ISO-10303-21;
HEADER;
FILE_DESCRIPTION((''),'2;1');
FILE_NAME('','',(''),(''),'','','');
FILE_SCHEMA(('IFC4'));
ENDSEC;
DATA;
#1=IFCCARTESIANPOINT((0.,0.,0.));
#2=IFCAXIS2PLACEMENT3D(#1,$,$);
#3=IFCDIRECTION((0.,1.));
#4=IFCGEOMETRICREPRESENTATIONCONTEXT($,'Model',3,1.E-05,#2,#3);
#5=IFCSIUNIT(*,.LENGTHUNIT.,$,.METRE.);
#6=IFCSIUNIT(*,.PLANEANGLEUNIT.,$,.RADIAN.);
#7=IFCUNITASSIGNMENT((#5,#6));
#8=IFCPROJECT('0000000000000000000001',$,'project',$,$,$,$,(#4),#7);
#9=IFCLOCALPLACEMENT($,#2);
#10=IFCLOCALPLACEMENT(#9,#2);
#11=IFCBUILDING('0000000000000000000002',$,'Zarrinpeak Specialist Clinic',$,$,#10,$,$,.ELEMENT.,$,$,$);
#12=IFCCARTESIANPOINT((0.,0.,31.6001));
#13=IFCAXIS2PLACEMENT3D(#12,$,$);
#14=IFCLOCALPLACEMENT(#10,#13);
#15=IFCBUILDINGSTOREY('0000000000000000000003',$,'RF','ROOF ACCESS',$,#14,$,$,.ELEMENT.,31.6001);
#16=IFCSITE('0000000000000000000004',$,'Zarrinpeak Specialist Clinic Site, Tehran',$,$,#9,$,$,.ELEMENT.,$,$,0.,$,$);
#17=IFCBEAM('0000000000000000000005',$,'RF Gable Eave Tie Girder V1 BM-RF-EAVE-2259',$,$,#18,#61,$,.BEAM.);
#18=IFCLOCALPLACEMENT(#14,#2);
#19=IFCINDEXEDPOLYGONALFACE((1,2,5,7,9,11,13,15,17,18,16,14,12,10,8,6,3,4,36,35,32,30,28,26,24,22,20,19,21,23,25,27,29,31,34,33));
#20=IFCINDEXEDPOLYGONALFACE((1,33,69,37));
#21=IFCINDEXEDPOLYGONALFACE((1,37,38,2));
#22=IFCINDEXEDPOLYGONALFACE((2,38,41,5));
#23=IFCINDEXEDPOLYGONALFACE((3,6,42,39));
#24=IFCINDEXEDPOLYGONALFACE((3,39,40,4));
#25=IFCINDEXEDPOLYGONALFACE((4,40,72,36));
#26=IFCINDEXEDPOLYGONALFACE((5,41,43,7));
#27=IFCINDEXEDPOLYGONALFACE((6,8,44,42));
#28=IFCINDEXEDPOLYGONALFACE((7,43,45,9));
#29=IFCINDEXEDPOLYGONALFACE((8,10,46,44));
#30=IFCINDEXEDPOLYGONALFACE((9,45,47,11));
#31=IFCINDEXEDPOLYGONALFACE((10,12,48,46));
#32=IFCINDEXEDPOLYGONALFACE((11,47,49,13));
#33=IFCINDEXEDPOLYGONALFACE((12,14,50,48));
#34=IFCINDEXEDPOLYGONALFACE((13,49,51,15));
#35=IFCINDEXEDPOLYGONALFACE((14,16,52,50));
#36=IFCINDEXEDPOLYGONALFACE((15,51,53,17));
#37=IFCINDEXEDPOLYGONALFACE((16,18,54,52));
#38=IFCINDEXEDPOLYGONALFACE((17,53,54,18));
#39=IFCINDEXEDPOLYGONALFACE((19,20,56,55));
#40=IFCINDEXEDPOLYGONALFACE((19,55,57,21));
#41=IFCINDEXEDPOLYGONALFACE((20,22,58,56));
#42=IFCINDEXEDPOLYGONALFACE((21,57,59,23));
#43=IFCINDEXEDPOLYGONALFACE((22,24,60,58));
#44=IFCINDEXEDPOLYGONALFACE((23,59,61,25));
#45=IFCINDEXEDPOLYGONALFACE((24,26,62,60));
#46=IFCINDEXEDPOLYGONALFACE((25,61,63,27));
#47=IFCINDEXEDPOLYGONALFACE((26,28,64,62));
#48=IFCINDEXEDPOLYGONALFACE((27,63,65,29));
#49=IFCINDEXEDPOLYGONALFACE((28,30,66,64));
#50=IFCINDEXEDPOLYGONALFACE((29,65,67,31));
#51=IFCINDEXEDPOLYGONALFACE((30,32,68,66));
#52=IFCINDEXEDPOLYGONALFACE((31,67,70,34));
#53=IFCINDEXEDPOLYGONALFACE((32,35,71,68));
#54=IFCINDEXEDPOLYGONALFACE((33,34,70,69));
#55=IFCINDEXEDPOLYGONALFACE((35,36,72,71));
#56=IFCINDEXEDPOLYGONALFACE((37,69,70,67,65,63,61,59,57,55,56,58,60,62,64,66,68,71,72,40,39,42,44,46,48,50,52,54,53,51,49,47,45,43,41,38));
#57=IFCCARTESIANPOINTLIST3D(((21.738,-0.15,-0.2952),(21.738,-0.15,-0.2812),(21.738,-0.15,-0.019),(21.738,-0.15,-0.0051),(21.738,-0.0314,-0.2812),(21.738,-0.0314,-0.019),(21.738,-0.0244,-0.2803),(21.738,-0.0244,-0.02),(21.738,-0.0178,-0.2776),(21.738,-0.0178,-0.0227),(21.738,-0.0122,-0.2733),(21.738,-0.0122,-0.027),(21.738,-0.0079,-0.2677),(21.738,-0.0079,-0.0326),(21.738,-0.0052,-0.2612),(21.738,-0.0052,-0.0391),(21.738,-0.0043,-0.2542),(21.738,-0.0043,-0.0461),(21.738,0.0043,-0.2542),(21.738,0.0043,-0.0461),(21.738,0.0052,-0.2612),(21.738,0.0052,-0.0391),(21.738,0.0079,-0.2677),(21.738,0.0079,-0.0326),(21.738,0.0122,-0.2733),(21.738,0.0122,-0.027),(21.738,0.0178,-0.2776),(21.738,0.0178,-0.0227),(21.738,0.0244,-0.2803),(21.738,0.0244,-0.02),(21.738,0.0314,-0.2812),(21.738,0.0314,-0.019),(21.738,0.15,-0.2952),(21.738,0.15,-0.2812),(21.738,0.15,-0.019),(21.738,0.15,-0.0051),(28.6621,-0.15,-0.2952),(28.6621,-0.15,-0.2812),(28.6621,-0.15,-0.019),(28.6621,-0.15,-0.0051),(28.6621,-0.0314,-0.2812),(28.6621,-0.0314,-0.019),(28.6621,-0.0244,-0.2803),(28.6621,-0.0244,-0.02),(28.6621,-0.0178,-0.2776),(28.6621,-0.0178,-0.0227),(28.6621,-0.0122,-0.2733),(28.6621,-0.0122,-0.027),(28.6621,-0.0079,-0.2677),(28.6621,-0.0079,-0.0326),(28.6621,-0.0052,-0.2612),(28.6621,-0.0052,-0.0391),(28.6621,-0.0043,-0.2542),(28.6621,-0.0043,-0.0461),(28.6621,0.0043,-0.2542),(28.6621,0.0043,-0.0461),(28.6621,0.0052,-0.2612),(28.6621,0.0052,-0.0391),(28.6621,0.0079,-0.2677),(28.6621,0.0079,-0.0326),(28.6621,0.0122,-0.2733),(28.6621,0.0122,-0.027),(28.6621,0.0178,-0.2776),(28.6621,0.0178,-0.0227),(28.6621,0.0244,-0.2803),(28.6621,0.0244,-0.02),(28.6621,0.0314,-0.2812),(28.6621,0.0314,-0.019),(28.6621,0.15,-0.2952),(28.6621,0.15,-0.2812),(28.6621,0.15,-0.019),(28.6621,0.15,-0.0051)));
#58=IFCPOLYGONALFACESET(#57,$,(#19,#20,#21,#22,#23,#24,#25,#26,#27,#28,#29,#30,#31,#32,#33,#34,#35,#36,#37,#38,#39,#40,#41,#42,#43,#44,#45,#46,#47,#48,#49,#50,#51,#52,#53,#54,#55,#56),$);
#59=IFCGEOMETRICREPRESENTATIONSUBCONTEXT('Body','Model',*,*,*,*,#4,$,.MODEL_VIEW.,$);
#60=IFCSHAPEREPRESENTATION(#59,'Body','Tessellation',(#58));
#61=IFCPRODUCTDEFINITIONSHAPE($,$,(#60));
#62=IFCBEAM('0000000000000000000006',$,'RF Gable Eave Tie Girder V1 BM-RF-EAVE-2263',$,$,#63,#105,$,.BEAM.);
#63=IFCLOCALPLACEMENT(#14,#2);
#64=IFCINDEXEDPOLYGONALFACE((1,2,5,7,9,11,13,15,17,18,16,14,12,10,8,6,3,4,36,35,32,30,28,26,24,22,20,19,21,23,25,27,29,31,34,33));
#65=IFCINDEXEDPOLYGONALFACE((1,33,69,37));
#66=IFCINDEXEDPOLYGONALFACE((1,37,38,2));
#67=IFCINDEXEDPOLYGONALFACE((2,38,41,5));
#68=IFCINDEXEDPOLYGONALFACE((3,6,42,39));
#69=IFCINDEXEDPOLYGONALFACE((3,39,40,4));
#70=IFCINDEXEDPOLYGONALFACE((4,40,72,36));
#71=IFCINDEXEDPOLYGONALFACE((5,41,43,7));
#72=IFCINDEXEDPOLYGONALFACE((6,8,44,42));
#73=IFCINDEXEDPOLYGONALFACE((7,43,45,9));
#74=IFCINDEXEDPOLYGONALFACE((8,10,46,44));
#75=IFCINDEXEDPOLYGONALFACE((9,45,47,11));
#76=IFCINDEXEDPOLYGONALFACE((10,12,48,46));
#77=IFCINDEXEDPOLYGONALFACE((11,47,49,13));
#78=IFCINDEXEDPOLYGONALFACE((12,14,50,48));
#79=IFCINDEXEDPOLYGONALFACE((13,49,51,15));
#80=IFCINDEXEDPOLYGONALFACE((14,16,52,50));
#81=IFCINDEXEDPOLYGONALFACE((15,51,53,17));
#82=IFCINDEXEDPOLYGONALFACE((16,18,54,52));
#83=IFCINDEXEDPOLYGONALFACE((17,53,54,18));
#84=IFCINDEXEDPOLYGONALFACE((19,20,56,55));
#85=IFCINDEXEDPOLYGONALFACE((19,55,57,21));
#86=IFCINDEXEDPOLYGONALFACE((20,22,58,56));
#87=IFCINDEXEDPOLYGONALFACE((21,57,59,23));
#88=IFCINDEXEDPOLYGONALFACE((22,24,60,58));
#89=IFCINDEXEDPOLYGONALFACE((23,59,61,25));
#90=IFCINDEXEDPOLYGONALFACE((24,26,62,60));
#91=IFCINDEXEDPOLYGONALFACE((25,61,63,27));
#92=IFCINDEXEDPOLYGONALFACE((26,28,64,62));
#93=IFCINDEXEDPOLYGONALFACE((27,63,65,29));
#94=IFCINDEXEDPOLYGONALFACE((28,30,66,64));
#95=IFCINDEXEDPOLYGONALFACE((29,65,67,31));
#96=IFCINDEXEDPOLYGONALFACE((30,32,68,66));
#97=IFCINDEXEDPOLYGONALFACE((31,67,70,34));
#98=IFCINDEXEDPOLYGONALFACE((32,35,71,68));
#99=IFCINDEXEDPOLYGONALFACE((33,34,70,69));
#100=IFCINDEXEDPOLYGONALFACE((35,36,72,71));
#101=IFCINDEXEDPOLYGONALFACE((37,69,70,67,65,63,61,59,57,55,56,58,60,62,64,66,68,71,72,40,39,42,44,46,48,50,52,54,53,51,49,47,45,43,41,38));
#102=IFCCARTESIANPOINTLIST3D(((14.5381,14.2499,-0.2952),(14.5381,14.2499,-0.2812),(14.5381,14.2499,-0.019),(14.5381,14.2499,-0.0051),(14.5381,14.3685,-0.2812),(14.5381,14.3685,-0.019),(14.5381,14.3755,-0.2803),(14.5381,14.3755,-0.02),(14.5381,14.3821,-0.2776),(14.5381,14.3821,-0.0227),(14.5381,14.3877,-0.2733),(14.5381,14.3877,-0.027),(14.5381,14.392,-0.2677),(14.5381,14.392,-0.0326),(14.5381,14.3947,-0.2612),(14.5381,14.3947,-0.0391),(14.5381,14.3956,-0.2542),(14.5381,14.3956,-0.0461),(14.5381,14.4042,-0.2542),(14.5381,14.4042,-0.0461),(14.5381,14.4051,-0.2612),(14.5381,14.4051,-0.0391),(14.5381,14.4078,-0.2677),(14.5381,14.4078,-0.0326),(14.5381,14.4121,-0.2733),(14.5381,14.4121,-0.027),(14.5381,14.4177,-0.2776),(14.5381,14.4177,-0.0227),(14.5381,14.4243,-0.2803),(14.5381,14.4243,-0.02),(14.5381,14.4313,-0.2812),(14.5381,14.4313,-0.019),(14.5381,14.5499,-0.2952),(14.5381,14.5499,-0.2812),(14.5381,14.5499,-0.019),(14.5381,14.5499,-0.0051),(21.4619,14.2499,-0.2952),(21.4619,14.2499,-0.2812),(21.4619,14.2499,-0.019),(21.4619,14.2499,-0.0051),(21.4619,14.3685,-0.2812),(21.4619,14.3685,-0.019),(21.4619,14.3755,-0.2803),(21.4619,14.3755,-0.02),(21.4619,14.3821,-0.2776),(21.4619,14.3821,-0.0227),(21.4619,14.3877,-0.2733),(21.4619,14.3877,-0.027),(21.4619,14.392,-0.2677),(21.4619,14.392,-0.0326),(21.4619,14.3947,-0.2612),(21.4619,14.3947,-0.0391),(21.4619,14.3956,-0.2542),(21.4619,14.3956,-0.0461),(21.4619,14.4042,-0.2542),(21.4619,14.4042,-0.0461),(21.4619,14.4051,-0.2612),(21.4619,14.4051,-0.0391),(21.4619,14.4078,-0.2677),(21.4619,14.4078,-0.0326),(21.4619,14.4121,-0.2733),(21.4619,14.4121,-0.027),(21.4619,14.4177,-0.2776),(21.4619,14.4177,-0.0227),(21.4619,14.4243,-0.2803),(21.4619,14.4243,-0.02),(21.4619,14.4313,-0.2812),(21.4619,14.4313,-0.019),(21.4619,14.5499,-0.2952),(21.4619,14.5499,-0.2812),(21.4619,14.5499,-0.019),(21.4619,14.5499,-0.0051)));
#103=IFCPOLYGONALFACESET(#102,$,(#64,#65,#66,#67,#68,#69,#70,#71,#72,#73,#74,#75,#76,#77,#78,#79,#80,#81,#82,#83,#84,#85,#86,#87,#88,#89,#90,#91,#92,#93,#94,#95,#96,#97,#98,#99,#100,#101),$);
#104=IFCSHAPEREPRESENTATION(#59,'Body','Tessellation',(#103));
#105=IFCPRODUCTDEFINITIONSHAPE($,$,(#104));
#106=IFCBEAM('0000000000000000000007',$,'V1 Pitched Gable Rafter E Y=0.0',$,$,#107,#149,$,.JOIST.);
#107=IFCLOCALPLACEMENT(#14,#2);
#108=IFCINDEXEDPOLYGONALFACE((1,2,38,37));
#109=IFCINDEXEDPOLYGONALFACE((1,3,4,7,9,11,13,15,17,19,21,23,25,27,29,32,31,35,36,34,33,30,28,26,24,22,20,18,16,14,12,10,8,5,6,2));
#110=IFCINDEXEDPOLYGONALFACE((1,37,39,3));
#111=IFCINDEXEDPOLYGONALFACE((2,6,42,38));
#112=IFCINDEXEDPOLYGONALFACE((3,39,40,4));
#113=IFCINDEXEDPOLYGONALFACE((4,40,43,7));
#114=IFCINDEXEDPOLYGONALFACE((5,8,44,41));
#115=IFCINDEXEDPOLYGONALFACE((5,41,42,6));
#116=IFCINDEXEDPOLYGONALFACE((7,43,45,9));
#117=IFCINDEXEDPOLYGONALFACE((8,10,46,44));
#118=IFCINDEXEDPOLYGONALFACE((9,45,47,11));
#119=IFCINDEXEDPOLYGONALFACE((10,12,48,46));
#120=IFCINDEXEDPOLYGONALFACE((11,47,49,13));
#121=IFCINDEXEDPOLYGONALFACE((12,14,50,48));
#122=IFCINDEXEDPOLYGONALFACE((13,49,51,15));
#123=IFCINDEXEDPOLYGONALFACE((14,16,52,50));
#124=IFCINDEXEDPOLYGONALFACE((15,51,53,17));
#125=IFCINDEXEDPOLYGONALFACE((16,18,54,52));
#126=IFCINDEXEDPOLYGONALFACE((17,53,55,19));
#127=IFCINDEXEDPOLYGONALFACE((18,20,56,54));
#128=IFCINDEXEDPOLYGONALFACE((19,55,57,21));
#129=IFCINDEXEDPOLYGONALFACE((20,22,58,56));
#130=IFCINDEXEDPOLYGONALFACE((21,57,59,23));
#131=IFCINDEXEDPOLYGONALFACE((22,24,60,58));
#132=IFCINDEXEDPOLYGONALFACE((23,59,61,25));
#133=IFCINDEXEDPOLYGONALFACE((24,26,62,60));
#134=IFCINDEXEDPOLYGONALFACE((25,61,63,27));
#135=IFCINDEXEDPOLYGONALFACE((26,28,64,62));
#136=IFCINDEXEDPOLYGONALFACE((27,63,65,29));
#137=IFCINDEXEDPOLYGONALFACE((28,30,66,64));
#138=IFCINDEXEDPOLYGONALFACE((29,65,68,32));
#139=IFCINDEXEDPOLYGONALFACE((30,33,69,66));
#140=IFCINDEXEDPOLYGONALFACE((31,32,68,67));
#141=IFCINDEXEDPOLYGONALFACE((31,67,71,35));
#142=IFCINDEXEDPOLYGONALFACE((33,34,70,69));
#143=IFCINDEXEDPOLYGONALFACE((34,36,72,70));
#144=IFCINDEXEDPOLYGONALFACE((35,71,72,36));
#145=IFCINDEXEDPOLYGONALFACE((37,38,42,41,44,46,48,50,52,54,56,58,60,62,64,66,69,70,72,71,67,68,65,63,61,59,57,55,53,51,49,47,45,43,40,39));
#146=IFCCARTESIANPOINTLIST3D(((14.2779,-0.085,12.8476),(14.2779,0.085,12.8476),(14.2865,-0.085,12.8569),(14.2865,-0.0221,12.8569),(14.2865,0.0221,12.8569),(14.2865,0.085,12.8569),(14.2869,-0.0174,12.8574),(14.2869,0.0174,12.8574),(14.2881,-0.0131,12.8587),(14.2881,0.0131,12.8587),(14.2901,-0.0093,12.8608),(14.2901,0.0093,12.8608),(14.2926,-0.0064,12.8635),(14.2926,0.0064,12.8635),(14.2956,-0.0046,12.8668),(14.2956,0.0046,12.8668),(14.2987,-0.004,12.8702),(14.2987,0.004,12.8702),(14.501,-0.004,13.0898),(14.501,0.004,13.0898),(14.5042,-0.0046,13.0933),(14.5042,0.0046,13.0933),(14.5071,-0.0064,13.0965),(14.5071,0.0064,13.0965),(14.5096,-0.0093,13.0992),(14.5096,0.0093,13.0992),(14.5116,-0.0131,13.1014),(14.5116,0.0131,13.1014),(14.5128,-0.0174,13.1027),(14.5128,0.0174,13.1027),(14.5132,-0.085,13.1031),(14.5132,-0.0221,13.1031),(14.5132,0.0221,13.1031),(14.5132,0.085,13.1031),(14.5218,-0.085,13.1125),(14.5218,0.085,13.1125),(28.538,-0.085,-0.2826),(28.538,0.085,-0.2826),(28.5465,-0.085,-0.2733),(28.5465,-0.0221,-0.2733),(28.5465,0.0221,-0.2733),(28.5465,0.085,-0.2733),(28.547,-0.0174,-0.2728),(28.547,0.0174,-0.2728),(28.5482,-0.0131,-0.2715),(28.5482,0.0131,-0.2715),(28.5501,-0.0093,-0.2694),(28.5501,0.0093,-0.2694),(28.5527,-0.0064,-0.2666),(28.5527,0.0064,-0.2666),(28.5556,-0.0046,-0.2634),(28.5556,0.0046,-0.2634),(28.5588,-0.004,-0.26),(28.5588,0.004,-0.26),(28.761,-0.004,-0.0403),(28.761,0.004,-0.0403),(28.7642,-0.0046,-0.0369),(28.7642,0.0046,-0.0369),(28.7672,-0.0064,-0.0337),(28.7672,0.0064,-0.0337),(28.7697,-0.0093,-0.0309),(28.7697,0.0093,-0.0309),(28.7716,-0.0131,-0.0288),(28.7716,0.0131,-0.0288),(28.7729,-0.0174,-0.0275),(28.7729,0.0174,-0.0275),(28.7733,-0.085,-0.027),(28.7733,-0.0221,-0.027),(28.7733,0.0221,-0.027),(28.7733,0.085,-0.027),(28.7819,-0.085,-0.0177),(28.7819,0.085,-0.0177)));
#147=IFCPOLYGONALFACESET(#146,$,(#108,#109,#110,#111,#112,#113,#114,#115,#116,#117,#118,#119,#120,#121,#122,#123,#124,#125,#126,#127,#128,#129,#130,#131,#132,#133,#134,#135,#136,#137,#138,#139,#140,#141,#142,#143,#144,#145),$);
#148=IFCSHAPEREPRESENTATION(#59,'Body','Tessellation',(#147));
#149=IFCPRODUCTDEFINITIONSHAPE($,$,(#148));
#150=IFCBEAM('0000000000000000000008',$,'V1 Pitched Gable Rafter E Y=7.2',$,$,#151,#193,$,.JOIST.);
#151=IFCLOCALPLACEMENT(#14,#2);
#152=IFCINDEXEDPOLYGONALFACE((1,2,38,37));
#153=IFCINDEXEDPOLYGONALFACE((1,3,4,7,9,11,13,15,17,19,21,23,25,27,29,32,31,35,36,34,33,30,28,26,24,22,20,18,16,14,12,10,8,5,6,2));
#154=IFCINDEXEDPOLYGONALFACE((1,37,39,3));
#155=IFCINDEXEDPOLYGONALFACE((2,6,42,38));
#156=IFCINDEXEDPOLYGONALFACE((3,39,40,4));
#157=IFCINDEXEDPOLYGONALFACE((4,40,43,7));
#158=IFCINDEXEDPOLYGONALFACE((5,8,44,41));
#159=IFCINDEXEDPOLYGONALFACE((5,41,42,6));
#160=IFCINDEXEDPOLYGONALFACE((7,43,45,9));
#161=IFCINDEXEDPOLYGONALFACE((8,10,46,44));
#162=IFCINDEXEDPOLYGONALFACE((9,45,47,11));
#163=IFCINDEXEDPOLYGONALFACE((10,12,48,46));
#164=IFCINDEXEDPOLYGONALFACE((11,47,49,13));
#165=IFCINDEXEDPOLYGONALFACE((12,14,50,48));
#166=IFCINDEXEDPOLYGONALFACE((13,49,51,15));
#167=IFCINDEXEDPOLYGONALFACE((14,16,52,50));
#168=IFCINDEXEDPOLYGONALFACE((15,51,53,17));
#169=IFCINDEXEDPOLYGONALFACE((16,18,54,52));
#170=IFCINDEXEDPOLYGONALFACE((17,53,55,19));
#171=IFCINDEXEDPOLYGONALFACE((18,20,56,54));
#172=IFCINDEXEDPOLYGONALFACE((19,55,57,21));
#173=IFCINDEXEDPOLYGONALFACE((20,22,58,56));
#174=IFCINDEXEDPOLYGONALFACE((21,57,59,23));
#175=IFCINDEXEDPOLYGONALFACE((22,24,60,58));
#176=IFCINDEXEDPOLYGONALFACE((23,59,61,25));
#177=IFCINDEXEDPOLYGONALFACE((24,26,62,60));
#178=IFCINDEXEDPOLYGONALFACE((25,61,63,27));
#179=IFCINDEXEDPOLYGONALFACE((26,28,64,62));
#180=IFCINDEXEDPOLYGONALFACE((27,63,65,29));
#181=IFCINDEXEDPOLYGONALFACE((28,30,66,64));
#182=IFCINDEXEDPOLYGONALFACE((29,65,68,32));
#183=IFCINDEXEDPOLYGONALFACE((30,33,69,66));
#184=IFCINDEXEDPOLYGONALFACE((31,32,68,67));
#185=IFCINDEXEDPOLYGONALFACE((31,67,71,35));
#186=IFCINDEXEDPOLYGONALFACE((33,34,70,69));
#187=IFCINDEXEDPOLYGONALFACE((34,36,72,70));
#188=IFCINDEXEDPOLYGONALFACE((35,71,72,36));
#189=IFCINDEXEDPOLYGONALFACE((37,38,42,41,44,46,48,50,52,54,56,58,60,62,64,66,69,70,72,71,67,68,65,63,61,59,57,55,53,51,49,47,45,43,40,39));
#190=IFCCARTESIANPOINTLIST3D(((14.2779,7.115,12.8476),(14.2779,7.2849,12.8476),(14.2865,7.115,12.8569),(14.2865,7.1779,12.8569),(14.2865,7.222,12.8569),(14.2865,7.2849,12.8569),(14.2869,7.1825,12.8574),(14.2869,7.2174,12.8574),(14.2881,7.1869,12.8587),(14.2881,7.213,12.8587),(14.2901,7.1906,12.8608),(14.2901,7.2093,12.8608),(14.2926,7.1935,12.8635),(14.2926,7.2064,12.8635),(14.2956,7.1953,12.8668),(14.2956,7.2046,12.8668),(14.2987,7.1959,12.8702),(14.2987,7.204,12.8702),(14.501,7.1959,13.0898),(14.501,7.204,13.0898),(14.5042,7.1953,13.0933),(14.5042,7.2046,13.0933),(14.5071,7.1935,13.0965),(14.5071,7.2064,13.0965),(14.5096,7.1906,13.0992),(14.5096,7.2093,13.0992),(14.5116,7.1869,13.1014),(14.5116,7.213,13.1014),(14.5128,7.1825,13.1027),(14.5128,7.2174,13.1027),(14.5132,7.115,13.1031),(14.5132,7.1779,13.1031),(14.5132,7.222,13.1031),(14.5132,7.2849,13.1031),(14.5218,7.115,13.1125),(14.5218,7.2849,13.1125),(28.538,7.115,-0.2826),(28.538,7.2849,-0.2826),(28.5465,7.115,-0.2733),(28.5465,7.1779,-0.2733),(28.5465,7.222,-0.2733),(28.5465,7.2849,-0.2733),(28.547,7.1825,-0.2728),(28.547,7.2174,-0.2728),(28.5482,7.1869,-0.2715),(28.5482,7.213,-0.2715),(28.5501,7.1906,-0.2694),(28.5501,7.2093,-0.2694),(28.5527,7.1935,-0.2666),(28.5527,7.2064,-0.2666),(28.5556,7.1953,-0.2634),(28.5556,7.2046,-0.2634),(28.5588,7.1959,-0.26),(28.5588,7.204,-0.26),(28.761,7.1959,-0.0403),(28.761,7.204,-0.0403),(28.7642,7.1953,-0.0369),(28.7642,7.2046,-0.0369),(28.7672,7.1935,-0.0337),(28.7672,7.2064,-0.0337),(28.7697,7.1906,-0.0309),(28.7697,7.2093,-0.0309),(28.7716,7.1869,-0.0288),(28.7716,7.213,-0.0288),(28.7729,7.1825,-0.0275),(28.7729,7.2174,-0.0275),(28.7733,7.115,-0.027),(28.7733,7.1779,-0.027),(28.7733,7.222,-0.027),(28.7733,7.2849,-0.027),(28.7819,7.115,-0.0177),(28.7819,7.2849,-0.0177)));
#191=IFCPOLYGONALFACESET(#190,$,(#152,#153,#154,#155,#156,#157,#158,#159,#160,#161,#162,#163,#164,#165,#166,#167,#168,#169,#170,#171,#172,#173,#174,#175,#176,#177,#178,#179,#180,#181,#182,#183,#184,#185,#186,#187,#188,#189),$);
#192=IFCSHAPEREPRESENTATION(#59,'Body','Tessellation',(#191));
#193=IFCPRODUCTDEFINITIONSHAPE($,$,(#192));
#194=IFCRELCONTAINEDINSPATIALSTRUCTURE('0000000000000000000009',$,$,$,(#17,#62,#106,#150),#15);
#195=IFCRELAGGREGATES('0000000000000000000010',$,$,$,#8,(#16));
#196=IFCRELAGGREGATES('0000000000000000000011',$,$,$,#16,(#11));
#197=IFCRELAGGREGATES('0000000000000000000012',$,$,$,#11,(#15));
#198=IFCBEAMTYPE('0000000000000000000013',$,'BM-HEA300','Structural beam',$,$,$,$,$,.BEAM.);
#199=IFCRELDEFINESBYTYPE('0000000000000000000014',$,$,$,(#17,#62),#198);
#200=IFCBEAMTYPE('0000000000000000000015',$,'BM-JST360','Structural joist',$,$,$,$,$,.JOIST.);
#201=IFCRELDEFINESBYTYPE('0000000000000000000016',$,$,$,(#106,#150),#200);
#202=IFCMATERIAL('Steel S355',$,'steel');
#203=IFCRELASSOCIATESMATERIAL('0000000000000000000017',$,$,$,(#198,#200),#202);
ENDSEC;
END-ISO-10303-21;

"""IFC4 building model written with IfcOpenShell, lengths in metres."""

from ifc_helpers import new_model, si_unit, direction, frame, origin, origin_2d, place, context, subcontext, project, spatial, i_section, extrude, material, material_profile, profile_set, type_object, element, save


model = new_model("IFC4")

# Units and contexts
model_context = context("Model", 3, precision=1e-05, world=origin(), true_north=direction((0.0, 1.0)))
body_context = subcontext(model_context, "Body", "Model", "MODEL_VIEW")
ifc_project = project(units=[si_unit("LENGTHUNIT", "METRE"), si_unit("PLANEANGLEUNIT", "RADIAN")], contexts=[model_context])

# Site, building, storey
site_placement = place(None, origin())
site = spatial("IfcSite", under=ifc_project, at=site_placement, Name="Zarrinpeak Specialist Clinic Site, Tehran", CompositionType="ELEMENT", RefElevation=0.0)
building_placement = place(site_placement, origin())
building = spatial("IfcBuilding", under=site, at=building_placement, Name="Zarrinpeak Specialist Clinic", CompositionType="ELEMENT")
storey_placement = place(building_placement, frame((0.0, 0.0, 31.6001)))
storey = spatial("IfcBuildingStorey", under=building, at=storey_placement, Name="RF", Description="ROOF ACCESS", CompositionType="ELEMENT", Elevation=31.6001)

# Beams
ifc_material = material(Name="Steel S355", Category="steel")
ifc_material_profile_1 = material_profile(ifc_material, i_section(OverallWidth=0.3, OverallDepth=0.29, WebThickness=0.0085, FlangeThickness=0.0139, FilletRadius=0.0271, at=origin_2d()), Name="HEA 300")
ifc_profile_set_1 = profile_set([ifc_material_profile_1], Name="Steel S355")
beam_type_1 = type_object("IfcBeamType", Name="BM-HEA300", Description="Structural beam", PredefinedType="BEAM", material=ifc_profile_set_1)
beam_1_placement = place(storey_placement, frame((21.738, 0.0, -0.1501), z_axis=(1.0, 0.0, 0.0), x_axis=(0.0, 1.0, 0.0)))
element("IfcBeam", 1, at=beam_1_placement, inside=storey, type_object=beam_type_1, Name="RF Gable Eave Tie Girder V1 BM-RF-EAVE-2259", PredefinedType="BEAM", context=body_context, shape_type="SweptSolid", body=[
    extrude(i_section(OverallWidth=0.3, OverallDepth=0.29, WebThickness=0.0085, FlangeThickness=0.0139, FilletRadius=0.0271, at=origin_2d()), origin(), (0.0, 0.0, 1.0), 6.9241),
])
beam_2_placement = place(storey_placement, frame((14.5381, 14.3999, -0.1501), z_axis=(1.0, 0.0, 0.0), x_axis=(0.0, 1.0, 0.0)))
element("IfcBeam", 2, at=beam_2_placement, inside=storey, type_object=beam_type_1, Name="RF Gable Eave Tie Girder V1 BM-RF-EAVE-2263", PredefinedType="BEAM", context=body_context, shape_type="SweptSolid", body=[
    extrude(i_section(OverallWidth=0.3, OverallDepth=0.29, WebThickness=0.0085, FlangeThickness=0.0139, FilletRadius=0.0271, at=origin_2d()), origin(), (0.0, 0.0, 1.0), 6.9238),
])
ifc_material_profile_2 = material_profile(ifc_material, i_section(OverallWidth=0.1699, OverallDepth=0.3601, WebThickness=0.0081, FlangeThickness=0.0127, FilletRadius=0.0181, at=origin_2d()), Name="IPE 360")
ifc_profile_set_2 = profile_set([ifc_material_profile_2], Name="Steel S355")
beam_type_2 = type_object("IfcBeamType", Name="BM-JST360", Description="Structural joist", PredefinedType="JOIST", material=ifc_profile_set_2)
for number, where, z_axis, x_axis, name in (
    (3, (28.6599, 0.0, -0.1501), (-0.73565, 0.0, 0.677362), (0.0, -1.0, 0.0), "V1 Pitched Gable Rafter E Y=0.0"),
    (4, (28.6599, 7.2, -0.1501), (-0.73565, 0.0, 0.677362), (0.0, -1.0, 0.0), "V1 Pitched Gable Rafter E Y=7.2"),
):
    element("IfcBeam", number, at=place(storey_placement, frame(where, z_axis=z_axis, x_axis=x_axis)), inside=storey, type_object=beam_type_2, Name=name, PredefinedType="JOIST", context=body_context, shape_type="SweptSolid", body=[
        extrude(i_section(OverallWidth=0.1699, OverallDepth=0.3601, WebThickness=0.0081, FlangeThickness=0.0127, FilletRadius=0.0181, at=origin_2d()), origin(), (0.0, 0.0, 1.0), 19.3843),
    ])

save(model, "model.ifc")
